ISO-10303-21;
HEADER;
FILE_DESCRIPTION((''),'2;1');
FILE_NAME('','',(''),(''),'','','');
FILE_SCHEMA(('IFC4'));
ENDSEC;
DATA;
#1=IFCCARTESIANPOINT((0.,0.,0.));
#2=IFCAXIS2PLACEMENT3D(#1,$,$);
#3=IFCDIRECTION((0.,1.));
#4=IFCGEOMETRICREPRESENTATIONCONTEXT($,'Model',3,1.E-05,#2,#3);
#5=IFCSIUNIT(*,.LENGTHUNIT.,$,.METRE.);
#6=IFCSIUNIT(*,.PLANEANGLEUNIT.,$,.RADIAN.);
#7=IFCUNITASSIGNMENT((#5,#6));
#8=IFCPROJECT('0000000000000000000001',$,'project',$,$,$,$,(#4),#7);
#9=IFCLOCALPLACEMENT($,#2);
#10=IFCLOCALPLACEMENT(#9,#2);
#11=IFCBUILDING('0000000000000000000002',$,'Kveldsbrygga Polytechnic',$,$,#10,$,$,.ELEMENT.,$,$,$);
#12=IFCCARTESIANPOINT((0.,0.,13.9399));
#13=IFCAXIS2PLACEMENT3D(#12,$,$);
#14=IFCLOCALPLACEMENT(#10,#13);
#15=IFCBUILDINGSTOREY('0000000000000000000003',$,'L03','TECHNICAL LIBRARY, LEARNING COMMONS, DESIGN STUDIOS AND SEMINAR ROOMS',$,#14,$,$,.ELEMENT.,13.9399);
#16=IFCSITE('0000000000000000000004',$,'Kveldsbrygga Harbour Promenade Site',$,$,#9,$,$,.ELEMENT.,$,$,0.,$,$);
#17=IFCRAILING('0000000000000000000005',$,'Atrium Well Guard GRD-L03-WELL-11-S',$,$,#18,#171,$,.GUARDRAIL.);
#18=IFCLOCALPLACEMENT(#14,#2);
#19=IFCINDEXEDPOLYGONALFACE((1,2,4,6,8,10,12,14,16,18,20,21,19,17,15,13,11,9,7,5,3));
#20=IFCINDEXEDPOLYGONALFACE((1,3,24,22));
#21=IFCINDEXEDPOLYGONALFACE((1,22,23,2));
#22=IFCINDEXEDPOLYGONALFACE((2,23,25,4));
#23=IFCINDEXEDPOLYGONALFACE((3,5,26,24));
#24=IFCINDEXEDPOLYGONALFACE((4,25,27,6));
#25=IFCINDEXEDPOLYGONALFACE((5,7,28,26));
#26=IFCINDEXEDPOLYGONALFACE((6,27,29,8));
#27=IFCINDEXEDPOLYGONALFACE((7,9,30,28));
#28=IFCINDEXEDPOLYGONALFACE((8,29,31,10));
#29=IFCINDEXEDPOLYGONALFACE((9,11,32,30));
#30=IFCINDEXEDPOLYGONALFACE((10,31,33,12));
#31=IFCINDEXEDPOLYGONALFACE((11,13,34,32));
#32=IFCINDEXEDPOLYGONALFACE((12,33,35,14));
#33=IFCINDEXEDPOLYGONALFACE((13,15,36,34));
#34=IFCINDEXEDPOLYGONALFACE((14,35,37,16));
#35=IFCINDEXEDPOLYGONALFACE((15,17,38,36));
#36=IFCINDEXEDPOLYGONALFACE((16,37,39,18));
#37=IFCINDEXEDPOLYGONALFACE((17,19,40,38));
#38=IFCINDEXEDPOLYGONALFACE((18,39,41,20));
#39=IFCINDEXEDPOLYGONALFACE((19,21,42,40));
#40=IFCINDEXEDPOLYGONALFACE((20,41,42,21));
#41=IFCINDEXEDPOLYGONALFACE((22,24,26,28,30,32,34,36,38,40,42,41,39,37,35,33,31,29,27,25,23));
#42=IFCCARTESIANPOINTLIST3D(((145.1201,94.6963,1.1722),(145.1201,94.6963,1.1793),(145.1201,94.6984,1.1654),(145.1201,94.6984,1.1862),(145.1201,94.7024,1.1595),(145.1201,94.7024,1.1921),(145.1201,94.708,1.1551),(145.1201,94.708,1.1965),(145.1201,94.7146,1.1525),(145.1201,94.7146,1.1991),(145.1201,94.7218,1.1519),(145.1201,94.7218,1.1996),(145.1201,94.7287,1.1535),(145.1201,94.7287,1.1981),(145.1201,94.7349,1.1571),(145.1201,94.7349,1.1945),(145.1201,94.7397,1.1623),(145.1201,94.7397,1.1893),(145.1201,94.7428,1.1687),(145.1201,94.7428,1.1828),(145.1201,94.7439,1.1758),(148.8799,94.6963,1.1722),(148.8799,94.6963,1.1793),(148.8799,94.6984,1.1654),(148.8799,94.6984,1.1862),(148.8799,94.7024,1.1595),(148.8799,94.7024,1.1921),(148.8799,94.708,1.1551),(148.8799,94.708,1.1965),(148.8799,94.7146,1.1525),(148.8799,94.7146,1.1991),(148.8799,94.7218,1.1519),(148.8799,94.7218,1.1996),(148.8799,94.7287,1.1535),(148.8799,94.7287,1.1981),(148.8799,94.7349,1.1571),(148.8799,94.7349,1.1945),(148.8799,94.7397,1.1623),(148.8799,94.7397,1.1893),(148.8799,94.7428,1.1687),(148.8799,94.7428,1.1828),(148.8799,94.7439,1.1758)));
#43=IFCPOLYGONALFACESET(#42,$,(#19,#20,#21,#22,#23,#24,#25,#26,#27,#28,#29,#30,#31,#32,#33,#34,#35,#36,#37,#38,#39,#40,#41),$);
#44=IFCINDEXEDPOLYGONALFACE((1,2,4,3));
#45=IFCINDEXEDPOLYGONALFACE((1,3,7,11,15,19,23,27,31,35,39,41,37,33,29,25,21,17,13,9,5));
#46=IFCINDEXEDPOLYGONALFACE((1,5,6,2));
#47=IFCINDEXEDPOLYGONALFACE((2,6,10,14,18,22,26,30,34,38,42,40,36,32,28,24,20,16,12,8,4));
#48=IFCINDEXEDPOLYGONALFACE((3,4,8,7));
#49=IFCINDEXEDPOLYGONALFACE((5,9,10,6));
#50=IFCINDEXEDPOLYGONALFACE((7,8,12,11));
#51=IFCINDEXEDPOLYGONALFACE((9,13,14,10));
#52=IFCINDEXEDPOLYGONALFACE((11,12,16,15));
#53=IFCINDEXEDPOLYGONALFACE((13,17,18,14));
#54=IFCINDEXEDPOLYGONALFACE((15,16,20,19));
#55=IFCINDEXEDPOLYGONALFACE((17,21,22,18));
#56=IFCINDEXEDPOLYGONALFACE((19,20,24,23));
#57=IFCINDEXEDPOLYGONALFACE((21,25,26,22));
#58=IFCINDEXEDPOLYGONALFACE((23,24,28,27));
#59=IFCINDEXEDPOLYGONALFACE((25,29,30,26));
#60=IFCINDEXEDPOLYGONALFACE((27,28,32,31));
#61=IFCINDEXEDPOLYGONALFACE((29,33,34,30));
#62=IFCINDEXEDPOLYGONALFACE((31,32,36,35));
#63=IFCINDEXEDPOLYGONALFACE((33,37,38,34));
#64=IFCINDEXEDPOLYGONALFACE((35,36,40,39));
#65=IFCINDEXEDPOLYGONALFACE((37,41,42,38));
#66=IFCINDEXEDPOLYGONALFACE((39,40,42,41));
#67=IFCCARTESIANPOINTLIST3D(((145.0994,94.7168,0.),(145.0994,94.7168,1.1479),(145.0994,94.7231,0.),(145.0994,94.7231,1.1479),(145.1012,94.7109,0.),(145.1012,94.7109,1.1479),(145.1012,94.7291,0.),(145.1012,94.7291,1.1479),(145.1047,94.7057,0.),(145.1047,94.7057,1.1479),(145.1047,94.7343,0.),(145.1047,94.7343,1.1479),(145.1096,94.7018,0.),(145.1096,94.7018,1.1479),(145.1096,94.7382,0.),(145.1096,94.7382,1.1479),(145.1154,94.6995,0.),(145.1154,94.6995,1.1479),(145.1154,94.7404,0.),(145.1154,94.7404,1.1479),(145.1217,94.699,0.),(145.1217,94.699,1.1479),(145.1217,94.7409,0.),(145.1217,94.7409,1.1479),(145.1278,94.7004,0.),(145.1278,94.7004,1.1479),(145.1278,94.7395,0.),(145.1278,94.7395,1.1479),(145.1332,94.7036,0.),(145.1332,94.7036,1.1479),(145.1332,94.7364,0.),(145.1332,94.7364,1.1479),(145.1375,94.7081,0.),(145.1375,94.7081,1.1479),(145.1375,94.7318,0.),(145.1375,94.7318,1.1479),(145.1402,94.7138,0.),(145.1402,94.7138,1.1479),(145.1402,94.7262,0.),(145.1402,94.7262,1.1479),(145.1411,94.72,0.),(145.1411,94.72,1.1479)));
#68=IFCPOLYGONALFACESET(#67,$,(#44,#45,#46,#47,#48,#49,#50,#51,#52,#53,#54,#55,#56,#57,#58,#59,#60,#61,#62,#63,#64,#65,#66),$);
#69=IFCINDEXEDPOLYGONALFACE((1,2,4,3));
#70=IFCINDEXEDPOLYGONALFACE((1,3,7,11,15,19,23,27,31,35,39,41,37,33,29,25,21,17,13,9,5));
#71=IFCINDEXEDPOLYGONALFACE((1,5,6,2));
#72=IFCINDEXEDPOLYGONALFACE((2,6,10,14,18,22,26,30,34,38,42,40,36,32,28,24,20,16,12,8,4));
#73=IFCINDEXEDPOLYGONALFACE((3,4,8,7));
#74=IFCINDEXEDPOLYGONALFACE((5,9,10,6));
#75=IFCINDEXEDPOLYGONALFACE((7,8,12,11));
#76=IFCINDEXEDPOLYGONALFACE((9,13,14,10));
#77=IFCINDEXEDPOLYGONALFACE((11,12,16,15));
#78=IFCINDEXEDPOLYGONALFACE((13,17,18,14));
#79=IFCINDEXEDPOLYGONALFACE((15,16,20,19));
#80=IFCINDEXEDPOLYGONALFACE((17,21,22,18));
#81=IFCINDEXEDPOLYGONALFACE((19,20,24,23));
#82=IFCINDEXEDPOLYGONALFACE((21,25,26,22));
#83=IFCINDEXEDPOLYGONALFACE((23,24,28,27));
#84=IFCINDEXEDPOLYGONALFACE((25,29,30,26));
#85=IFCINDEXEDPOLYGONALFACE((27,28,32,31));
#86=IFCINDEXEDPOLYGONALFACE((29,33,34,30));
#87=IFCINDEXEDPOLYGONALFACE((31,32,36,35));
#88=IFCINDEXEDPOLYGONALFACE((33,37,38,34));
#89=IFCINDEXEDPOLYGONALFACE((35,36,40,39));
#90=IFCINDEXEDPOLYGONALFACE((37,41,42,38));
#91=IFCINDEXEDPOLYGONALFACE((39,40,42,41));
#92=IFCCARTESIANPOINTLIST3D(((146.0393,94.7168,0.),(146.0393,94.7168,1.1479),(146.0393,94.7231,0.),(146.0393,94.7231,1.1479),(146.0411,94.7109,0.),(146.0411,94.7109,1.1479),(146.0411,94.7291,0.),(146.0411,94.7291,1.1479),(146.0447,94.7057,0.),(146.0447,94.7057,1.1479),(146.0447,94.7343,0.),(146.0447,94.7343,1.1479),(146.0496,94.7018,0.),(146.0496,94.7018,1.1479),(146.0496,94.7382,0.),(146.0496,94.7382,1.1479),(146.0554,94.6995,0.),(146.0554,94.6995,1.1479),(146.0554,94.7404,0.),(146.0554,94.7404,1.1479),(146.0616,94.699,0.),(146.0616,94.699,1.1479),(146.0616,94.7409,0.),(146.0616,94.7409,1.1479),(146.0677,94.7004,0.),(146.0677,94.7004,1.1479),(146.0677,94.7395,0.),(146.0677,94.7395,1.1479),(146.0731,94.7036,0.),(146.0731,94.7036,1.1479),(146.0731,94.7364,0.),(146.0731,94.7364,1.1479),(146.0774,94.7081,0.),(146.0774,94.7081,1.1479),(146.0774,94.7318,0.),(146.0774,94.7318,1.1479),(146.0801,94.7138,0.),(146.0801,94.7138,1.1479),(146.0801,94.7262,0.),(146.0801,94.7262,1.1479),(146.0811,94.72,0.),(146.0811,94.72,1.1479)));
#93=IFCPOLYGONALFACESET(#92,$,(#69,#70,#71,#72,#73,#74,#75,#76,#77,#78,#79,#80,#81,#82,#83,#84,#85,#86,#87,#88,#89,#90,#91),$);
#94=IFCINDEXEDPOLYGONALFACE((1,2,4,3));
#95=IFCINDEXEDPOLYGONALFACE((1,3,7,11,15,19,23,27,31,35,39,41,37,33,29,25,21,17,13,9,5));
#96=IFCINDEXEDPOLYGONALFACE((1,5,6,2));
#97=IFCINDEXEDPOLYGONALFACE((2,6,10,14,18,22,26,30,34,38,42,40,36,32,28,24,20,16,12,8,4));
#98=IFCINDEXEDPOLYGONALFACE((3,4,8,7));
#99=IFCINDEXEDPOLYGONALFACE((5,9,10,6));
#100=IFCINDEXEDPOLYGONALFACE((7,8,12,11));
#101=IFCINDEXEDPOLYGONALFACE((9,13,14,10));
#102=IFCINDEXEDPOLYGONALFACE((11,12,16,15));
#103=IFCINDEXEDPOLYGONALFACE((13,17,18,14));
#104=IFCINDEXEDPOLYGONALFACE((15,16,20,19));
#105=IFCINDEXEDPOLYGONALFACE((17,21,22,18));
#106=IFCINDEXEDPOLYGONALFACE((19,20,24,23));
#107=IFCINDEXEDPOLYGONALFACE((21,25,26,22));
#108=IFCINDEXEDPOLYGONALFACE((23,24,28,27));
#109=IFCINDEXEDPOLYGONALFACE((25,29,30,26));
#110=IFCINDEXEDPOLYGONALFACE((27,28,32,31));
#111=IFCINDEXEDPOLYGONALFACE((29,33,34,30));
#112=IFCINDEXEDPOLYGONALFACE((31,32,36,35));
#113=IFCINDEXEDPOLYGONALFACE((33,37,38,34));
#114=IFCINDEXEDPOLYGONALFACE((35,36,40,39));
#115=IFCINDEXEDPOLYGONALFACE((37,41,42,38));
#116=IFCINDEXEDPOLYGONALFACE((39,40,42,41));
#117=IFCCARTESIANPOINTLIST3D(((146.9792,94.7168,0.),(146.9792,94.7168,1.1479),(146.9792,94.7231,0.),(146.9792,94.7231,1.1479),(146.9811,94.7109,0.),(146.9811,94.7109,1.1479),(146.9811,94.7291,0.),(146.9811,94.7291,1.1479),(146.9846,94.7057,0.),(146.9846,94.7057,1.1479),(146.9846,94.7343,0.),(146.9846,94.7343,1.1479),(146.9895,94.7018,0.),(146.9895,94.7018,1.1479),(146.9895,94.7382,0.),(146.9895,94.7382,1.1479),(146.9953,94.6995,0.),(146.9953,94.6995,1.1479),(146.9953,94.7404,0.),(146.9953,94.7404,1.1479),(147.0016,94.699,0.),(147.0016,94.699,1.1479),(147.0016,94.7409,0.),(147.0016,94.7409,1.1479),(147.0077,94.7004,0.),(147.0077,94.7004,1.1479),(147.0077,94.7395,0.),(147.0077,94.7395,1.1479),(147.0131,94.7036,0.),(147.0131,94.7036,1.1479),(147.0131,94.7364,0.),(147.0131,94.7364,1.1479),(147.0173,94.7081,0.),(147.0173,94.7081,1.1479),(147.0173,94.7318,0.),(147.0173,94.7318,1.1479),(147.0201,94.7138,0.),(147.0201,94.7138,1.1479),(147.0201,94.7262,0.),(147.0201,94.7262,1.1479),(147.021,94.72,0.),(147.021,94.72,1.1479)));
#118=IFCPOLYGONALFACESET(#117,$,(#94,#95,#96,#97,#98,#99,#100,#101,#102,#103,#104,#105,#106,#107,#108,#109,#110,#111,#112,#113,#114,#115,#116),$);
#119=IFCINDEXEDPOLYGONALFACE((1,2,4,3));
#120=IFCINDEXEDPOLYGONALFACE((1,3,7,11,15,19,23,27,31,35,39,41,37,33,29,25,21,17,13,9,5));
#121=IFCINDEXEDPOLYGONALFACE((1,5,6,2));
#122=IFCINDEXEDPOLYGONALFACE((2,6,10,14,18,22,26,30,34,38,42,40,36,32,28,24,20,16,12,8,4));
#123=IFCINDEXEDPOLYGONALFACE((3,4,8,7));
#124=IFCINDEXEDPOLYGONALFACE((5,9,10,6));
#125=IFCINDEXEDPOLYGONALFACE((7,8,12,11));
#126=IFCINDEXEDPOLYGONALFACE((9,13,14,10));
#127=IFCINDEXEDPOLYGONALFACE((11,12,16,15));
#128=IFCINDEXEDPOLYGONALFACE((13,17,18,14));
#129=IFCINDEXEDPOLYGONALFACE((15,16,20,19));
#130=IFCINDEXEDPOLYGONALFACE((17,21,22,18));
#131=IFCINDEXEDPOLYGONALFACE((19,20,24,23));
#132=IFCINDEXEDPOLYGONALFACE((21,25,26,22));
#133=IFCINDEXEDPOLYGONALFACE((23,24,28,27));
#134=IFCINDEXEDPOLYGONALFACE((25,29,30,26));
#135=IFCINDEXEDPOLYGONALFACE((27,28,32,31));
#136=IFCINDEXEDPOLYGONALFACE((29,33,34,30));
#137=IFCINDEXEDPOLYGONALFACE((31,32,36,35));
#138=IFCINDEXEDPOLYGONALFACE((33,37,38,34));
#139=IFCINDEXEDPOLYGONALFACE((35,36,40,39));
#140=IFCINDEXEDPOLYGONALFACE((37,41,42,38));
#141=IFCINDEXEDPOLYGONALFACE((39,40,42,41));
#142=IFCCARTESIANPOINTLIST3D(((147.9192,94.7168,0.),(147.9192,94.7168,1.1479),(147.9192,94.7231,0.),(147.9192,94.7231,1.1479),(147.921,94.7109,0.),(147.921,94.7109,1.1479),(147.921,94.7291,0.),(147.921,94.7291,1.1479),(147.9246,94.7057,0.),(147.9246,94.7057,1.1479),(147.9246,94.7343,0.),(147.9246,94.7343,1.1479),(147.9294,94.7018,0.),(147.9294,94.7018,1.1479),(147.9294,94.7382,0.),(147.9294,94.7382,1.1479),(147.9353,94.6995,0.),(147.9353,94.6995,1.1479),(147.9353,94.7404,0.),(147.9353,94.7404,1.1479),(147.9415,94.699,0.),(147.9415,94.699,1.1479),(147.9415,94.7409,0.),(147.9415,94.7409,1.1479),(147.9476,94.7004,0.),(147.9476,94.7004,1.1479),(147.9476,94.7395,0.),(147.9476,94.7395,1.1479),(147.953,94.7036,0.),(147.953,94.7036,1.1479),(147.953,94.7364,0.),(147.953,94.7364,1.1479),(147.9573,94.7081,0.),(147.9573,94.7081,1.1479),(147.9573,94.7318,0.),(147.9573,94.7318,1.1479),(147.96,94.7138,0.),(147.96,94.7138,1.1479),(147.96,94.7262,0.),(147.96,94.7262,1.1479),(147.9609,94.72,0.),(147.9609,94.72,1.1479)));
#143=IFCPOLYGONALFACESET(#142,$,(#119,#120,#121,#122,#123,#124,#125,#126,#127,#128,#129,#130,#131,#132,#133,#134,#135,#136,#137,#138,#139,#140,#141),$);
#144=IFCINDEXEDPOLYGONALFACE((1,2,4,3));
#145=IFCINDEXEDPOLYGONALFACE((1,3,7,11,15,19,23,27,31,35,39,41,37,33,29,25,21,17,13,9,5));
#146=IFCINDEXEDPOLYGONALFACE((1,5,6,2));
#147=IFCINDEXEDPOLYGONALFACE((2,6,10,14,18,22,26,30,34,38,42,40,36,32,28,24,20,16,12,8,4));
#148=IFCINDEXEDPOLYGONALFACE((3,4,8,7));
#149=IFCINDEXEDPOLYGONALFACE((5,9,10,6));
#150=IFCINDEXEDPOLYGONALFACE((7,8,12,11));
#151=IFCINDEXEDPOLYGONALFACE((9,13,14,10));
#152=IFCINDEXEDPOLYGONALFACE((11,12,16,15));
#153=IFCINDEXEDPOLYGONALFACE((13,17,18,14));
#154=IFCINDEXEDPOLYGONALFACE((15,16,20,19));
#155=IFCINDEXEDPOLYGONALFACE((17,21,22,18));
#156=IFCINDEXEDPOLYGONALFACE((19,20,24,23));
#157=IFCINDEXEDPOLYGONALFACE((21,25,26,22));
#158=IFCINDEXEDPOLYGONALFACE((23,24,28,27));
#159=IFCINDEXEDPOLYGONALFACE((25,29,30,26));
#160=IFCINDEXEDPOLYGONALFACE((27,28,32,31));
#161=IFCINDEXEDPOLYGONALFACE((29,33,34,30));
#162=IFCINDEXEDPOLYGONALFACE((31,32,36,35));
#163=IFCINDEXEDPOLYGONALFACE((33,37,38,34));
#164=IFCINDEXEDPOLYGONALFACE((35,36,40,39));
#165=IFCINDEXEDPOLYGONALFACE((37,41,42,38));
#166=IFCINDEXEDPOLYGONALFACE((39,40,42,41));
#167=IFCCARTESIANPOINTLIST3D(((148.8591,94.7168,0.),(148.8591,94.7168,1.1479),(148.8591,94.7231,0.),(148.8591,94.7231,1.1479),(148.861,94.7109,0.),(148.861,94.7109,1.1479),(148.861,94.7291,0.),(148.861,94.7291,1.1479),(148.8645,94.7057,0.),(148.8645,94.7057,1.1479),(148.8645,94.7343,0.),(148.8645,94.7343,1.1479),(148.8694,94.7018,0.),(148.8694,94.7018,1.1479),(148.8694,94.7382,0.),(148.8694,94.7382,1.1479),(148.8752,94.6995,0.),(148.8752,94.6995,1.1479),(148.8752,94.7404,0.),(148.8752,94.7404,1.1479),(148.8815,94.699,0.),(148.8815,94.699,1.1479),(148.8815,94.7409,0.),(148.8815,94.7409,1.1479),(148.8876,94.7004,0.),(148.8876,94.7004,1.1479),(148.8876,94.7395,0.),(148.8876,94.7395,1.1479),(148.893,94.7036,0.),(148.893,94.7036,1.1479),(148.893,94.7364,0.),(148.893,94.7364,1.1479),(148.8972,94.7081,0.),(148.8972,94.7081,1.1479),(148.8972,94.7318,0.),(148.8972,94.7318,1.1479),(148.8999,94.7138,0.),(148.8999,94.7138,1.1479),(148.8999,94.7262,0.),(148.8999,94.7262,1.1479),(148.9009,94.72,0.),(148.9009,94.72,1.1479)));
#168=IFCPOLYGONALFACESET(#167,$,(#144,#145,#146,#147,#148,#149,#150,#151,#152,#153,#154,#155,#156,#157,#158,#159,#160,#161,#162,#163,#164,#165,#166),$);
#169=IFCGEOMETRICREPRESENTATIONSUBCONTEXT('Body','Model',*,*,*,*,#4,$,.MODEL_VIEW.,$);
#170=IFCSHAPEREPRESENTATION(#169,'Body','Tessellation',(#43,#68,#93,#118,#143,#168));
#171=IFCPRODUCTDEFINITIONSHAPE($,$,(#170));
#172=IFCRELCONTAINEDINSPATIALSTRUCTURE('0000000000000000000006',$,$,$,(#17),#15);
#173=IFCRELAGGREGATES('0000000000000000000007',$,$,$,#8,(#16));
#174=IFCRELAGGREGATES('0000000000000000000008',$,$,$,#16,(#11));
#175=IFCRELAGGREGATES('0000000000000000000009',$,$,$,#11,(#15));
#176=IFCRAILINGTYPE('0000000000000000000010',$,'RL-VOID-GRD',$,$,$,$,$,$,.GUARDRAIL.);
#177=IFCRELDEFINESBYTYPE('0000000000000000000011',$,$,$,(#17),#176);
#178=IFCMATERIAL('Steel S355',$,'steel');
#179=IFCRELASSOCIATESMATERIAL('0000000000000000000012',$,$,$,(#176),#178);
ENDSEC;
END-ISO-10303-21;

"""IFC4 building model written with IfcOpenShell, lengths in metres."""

from ifc_helpers import new_model, si_unit, direction, frame, origin, origin_2d, place, context, subcontext, project, spatial, circle, extrude, material, type_object, element, save


model = new_model("IFC4")

# Units and contexts
model_context = context("Model", 3, precision=1e-05, world=origin(), true_north=direction((0.0, 1.0)))
body_context = subcontext(model_context, "Body", "Model", "MODEL_VIEW")
ifc_project = project(units=[si_unit("LENGTHUNIT", "METRE"), si_unit("PLANEANGLEUNIT", "RADIAN")], contexts=[model_context])

# Site, building, storey
site_placement = place(None, origin())
site = spatial("IfcSite", under=ifc_project, at=site_placement, Name="Kveldsbrygga Harbour Promenade Site", CompositionType="ELEMENT", RefElevation=0.0)
building_placement = place(site_placement, origin())
building = spatial("IfcBuilding", under=site, at=building_placement, Name="Kveldsbrygga Polytechnic", CompositionType="ELEMENT")
storey_placement = place(building_placement, frame((0.0, 0.0, 13.9399)))
storey = spatial("IfcBuildingStorey", under=building, at=storey_placement, Name="L03", Description="TECHNICAL LIBRARY, LEARNING COMMONS, DESIGN STUDIOS AND SEMINAR ROOMS", CompositionType="ELEMENT", Elevation=13.9399)

# Shared definitions
ifc_material_1 = material(Name="Steel S355", Category="steel")

# Railing
railing_type = type_object("IfcRailingType", Name="RL-VOID-GRD", PredefinedType="GUARDRAIL", material=ifc_material_1)
railing_1_placement = place(storey_placement, frame((145.1201, 94.72, 0.0)))
element("IfcRailing", 1, at=railing_1_placement, inside=storey, type_object=railing_type, Name="Atrium Well Guard GRD-L03-WELL-11-S", PredefinedType="GUARDRAIL", context=body_context, shape_type="SweptSolid", body=[
    extrude(circle(Radius=0.0239, at=origin_2d()), frame((0.0, 0.0, 1.1758), z_axis=(1.0, 0.0, 0.0), x_axis=(0.0, 1.0, 0.0)), (0.0, 0.0, 1.0), 3.7598),
    extrude(circle(Radius=0.021, at=origin_2d()), origin(), (0.0, 0.0, 1.0), 1.1479),
    extrude(circle(Radius=0.021, at=origin_2d()), frame((0.9399, 0.0, 0.0)), (0.0, 0.0, 1.0), 1.1479),
    extrude(circle(Radius=0.021, at=origin_2d()), frame((1.8799, 0.0, 0.0)), (0.0, 0.0, 1.0), 1.1479),
    extrude(circle(Radius=0.021, at=origin_2d()), frame((2.8198, 0.0, 0.0)), (0.0, 0.0, 1.0), 1.1479),
    extrude(circle(Radius=0.021, at=origin_2d()), frame((3.7598, 0.0, 0.0)), (0.0, 0.0, 1.0), 1.1479),
])

save(model, "model.ifc")
